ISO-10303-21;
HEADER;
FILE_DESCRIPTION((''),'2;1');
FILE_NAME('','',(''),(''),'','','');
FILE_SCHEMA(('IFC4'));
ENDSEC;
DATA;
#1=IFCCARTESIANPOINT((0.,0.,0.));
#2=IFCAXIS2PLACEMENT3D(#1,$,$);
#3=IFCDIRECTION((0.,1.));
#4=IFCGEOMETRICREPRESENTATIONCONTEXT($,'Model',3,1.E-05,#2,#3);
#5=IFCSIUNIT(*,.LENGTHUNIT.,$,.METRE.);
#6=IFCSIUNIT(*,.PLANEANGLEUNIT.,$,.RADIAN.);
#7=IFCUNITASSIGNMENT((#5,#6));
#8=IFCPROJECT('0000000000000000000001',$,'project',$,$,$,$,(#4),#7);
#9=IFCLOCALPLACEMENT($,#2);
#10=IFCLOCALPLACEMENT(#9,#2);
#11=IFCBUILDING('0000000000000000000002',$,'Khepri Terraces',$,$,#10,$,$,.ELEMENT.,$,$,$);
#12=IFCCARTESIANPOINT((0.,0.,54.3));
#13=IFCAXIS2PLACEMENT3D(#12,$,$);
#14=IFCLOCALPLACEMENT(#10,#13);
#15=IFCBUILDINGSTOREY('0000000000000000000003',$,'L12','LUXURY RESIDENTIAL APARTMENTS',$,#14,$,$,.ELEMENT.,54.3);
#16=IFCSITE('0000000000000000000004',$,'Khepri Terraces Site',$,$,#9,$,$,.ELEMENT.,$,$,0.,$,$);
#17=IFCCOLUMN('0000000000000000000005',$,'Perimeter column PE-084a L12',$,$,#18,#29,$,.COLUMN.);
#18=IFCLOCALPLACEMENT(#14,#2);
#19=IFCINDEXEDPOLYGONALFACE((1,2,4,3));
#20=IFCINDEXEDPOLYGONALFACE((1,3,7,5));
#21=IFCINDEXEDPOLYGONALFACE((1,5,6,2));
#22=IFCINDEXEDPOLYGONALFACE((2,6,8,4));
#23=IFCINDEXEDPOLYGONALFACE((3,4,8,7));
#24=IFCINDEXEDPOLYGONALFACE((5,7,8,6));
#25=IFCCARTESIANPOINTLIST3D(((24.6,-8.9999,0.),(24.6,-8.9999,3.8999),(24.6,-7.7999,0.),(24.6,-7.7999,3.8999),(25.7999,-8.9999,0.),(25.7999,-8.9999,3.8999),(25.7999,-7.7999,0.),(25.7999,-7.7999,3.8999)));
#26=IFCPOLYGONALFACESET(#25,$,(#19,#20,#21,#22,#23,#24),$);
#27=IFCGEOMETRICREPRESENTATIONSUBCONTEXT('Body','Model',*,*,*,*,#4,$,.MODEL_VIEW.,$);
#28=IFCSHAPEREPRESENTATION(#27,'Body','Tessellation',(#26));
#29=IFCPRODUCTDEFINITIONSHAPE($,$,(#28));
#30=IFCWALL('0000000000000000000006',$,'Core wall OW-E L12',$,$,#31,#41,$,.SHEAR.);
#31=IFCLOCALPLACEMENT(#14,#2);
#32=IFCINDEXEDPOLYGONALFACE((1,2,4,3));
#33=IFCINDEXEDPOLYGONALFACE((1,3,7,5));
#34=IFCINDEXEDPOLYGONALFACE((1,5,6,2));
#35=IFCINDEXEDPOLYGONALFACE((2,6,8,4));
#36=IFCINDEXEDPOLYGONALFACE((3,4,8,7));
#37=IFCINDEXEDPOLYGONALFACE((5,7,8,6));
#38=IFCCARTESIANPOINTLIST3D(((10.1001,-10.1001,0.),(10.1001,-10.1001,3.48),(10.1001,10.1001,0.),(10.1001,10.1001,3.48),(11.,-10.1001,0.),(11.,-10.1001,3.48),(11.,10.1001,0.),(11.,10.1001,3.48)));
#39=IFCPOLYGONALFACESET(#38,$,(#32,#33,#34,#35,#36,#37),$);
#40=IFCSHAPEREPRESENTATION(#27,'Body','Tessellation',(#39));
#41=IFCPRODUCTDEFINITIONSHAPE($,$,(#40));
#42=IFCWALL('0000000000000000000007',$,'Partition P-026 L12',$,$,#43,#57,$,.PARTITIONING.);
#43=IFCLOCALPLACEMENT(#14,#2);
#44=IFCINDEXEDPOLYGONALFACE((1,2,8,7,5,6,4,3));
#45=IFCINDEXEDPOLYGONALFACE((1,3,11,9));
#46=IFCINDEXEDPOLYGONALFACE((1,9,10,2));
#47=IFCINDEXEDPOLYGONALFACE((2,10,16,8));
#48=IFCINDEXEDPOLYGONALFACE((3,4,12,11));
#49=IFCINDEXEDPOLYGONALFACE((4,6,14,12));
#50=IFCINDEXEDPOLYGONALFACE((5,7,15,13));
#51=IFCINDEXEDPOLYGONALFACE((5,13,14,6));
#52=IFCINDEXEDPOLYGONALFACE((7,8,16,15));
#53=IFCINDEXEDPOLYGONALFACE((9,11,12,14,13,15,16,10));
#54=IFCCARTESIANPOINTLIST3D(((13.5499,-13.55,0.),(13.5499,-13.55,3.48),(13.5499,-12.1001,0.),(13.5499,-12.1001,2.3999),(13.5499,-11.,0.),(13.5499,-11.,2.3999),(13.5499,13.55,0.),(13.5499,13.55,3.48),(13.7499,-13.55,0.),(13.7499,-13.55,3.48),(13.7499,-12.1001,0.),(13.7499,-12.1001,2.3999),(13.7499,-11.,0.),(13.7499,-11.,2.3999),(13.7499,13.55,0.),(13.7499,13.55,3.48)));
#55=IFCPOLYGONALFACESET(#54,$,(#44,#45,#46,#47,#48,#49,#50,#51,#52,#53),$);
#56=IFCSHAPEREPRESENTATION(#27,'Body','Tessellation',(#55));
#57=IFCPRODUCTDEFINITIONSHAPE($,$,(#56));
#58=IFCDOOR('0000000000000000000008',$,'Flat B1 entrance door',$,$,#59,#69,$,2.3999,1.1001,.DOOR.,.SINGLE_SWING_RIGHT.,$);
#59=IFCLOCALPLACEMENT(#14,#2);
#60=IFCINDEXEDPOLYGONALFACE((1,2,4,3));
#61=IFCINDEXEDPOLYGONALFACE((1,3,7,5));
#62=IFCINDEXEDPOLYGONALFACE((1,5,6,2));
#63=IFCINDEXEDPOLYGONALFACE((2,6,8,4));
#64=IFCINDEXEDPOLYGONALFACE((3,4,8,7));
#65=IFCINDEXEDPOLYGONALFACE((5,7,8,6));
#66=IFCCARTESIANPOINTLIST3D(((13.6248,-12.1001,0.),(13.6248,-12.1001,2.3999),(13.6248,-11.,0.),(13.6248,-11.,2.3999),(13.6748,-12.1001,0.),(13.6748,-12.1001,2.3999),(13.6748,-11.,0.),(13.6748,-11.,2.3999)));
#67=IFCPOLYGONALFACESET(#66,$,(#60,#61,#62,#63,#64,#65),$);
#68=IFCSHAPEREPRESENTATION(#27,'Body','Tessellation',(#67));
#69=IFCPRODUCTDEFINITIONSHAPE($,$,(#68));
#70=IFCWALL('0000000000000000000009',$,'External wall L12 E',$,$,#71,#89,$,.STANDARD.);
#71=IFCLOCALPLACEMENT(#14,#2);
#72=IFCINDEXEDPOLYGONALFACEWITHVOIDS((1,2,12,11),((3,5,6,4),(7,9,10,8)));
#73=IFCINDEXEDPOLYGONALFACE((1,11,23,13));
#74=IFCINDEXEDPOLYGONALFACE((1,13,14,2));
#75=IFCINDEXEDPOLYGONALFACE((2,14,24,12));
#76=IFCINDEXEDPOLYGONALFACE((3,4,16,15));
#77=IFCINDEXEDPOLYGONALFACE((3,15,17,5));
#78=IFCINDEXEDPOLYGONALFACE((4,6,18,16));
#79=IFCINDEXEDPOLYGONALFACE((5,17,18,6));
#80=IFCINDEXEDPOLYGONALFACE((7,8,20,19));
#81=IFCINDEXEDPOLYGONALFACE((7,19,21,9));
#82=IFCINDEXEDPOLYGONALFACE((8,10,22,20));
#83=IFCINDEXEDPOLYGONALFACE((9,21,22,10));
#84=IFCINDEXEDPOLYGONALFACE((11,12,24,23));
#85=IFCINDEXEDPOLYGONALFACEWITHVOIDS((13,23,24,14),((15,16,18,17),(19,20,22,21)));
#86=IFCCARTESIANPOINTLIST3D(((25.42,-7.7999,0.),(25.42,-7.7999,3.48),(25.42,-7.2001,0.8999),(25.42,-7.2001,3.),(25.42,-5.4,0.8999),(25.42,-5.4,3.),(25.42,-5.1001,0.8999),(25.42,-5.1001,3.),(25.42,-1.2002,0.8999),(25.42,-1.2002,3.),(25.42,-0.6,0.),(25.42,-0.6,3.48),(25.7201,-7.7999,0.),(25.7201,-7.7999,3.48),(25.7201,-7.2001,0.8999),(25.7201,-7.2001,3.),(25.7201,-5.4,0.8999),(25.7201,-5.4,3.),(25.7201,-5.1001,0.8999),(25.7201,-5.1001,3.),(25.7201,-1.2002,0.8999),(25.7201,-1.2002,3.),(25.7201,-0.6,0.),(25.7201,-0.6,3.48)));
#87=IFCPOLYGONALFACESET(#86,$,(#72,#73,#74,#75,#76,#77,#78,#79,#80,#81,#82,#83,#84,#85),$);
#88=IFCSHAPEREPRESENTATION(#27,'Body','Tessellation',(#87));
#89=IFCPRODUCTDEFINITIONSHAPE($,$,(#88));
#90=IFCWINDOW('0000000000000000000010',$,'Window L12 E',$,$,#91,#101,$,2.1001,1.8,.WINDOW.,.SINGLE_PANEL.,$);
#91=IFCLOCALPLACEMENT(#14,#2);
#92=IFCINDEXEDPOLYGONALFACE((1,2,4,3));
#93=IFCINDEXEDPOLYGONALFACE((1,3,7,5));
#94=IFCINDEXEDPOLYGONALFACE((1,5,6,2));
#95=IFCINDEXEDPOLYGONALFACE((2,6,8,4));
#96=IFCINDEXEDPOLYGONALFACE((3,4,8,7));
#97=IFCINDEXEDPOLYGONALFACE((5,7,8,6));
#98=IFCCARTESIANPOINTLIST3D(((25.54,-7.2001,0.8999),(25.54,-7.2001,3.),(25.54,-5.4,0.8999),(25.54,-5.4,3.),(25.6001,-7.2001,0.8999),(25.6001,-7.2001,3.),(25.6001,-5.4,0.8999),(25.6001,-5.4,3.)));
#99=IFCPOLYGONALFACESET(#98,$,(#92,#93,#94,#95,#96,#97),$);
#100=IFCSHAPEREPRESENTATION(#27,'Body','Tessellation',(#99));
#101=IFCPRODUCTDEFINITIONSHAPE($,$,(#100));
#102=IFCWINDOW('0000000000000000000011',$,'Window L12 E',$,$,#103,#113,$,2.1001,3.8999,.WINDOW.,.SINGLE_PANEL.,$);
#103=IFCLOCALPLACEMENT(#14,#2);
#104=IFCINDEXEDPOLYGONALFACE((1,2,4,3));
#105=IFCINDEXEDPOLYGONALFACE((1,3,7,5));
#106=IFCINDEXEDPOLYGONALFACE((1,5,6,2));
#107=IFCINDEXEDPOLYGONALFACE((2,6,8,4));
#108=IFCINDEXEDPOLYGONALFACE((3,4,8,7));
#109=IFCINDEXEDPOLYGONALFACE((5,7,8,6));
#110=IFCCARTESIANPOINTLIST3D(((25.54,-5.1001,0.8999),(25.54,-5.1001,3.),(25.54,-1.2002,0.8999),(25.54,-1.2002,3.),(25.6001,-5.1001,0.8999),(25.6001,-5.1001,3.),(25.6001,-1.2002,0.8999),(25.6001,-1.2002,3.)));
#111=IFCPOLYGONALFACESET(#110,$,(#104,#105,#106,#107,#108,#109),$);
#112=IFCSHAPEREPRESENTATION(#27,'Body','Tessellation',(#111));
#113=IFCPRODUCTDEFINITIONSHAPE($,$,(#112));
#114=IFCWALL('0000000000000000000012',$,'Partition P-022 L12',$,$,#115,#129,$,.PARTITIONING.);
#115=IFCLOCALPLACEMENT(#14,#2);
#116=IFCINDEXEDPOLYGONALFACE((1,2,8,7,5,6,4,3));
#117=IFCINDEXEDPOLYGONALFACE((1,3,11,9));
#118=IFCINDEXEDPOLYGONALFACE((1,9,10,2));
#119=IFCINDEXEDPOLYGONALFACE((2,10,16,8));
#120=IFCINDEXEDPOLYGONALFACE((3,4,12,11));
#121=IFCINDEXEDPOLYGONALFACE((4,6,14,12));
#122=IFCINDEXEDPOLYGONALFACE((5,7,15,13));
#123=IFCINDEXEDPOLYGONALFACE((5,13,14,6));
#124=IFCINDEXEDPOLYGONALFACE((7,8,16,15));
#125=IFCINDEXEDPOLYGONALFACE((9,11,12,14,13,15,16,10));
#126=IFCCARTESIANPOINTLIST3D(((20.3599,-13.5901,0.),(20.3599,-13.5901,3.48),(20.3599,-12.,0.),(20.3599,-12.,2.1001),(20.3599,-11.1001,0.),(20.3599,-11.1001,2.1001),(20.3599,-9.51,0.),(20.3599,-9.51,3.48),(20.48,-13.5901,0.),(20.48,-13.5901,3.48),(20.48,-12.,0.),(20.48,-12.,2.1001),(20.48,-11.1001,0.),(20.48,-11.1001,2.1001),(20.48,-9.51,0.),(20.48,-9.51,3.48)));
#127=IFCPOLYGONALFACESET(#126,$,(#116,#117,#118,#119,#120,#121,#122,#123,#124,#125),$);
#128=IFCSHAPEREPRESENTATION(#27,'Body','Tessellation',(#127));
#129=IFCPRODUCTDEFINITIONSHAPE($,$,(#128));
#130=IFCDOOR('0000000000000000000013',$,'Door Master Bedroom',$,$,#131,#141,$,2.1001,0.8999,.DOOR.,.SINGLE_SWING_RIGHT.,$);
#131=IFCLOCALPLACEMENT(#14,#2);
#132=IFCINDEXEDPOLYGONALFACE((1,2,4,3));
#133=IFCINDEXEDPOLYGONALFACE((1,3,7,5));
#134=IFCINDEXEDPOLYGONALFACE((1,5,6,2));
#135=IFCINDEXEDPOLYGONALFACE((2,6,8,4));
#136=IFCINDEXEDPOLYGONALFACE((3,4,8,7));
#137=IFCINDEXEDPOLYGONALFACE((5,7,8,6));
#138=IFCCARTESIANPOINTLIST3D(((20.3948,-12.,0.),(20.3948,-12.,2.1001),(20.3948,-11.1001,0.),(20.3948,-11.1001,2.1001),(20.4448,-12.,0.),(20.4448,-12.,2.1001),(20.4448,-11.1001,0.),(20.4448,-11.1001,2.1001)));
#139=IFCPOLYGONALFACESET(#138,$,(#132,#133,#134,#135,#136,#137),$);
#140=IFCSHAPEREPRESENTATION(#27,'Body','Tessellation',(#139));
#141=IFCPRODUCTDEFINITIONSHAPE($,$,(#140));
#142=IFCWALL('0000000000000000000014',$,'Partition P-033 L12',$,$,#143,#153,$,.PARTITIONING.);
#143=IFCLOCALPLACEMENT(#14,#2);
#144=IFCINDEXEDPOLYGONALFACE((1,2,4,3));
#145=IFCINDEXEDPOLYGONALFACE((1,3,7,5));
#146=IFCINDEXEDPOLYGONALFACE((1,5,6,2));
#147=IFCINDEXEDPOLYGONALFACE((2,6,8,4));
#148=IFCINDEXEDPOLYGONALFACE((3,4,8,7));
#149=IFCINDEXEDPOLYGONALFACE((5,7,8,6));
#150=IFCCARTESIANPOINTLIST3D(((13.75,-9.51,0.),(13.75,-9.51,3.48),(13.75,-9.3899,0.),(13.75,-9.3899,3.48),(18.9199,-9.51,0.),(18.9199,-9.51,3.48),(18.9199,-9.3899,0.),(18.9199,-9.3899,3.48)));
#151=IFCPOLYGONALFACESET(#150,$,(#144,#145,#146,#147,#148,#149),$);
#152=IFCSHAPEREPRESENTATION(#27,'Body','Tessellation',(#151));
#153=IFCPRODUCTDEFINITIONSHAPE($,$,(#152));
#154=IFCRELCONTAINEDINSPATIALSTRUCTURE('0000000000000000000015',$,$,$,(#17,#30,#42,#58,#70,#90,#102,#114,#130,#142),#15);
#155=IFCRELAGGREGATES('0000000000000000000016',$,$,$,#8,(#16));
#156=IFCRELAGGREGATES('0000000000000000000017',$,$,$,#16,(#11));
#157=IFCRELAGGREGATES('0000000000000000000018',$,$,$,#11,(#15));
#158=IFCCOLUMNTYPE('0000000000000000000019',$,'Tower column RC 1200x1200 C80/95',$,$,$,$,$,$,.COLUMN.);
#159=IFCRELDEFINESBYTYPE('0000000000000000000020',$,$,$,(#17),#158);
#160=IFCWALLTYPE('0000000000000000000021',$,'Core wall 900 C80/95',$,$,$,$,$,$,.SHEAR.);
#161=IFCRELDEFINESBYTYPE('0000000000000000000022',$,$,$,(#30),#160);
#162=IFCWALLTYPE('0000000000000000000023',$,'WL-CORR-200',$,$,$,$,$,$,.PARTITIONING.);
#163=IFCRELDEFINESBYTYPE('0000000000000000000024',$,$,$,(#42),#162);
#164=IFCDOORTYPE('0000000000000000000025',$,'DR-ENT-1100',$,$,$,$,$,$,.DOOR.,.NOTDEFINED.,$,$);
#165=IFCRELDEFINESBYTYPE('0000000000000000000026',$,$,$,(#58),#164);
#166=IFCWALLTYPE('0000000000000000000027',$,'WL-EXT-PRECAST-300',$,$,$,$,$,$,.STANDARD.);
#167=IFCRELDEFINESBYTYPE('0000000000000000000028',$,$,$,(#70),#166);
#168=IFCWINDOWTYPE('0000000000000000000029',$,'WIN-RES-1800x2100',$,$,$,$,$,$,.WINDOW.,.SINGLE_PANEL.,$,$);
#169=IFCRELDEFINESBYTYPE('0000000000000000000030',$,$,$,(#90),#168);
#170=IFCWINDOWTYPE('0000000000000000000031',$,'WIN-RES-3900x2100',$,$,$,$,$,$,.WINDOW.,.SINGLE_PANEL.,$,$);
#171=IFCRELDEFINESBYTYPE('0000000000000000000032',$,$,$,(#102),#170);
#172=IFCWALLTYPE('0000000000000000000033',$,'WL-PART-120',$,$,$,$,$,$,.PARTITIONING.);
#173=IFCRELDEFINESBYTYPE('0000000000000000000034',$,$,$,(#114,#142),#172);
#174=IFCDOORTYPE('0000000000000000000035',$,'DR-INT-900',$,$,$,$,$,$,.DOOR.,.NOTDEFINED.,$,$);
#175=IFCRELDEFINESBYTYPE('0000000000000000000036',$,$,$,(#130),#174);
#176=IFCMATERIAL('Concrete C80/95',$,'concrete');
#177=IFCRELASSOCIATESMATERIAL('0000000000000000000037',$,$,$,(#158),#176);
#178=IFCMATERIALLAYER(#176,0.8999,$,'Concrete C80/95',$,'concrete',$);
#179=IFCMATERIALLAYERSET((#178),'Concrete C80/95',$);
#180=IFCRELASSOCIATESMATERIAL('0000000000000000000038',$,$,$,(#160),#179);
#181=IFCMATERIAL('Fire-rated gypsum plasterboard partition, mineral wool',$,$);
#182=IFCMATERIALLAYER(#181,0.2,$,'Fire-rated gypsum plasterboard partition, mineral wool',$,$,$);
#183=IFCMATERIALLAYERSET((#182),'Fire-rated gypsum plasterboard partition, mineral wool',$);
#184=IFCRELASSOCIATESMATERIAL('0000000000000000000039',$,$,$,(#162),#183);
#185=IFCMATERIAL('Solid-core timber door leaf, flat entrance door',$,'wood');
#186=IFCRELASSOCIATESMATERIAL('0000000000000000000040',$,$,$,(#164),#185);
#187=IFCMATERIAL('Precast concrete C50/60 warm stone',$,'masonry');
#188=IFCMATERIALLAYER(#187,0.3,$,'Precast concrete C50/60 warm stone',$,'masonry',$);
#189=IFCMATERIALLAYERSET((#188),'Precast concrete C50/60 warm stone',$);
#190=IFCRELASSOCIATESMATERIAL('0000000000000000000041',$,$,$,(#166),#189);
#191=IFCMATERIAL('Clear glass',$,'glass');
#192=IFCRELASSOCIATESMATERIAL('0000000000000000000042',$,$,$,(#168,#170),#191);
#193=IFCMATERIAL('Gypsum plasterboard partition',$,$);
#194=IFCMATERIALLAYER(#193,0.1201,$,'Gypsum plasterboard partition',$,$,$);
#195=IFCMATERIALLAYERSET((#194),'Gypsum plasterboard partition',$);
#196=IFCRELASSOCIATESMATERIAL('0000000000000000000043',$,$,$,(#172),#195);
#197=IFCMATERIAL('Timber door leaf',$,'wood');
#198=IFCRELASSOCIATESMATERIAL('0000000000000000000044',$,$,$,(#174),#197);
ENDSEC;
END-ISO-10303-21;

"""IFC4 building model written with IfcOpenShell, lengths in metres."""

from ifc_helpers import new_model, si_unit, direction, frame, frame_2d, origin, origin_2d, place, context, subcontext, project, spatial, rectangle, extrude, material, layer, layer_set, material_profile, profile_set, type_object, element, fill, save


model = new_model("IFC4")

# Units and contexts
model_context = context("Model", 3, precision=1e-05, world=origin(), true_north=direction((0.0, 1.0)))
body_context = subcontext(model_context, "Body", "Model", "MODEL_VIEW")
ifc_project = project(units=[si_unit("LENGTHUNIT", "METRE"), si_unit("PLANEANGLEUNIT", "RADIAN")], contexts=[model_context])

# Site, building, storey
site_placement = place(None, origin())
site = spatial("IfcSite", under=ifc_project, at=site_placement, Name="Khepri Terraces Site", CompositionType="ELEMENT", RefElevation=0.0)
building_placement = place(site_placement, origin())
building = spatial("IfcBuilding", under=site, at=building_placement, Name="Khepri Terraces", CompositionType="ELEMENT")
storey_placement = place(building_placement, frame((0.0, 0.0, 54.3)))
storey = spatial("IfcBuildingStorey", under=building, at=storey_placement, Name="L12", Description="LUXURY RESIDENTIAL APARTMENTS", CompositionType="ELEMENT", Elevation=54.3)

# Column
ifc_material_1 = material(Name="Concrete C80/95", Category="concrete")
ifc_material_profile = material_profile(ifc_material_1, rectangle(XDim=1.2, YDim=1.2, at=origin_2d()), Name="Concrete C80/95", Category="concrete")
ifc_profile_set = profile_set([ifc_material_profile], Name="Concrete C80/95")
column_type = type_object("IfcColumnType", Name="Tower column RC 1200x1200 C80/95", PredefinedType="COLUMN", material=ifc_profile_set)
column_placement = place(storey_placement, frame((25.2, -8.3999, 0.0), z_axis=(0.0, 0.0, 1.0), x_axis=(1.0, 0.0, 0.0)))
element("IfcColumn", 1, at=column_placement, inside=storey, type_object=column_type, Name="Perimeter column PE-084a L12", PredefinedType="COLUMN", context=body_context, shape_type="SweptSolid", body=[
    extrude(rectangle(XDim=1.2, YDim=1.2, at=origin_2d()), origin(), (0.0, 0.0, 1.0), 3.8999),
])

# Wall
ifc_layer_1 = layer(ifc_material_1, 0.8999, Name="Concrete C80/95", Category="concrete")
ifc_layer_set_1 = layer_set([ifc_layer_1], Name="Concrete C80/95")
wall_type_1 = type_object("IfcWallType", Name="Core wall 900 C80/95", PredefinedType="SHEAR", material=ifc_layer_set_1)
wall_1_placement = place(storey_placement, frame((10.55, -10.1001, 0.0), z_axis=(0.0, 0.0, 1.0), x_axis=(0.0, 1.0, 0.0)))
element("IfcWall", 2, at=wall_1_placement, inside=storey, type_object=wall_type_1, Name="Core wall OW-E L12", PredefinedType="SHEAR", context=body_context, shape_type="SweptSolid", body=[
    extrude(rectangle(XDim=20.2002, YDim=0.8999, at=frame_2d((10.1001, 0.0))), origin(), (0.0, 0.0, 1.0), 3.48),
])

# Wall, opening, door
ifc_material_2 = material(Name="Fire-rated gypsum plasterboard partition, mineral wool")
ifc_layer_2 = layer(ifc_material_2, 0.2, Name="Fire-rated gypsum plasterboard partition, mineral wool")
ifc_layer_set_2 = layer_set([ifc_layer_2], Name="Fire-rated gypsum plasterboard partition, mineral wool")
wall_type_2 = type_object("IfcWallType", Name="WL-CORR-200", PredefinedType="PARTITIONING", material=ifc_layer_set_2)
wall_2_placement = place(storey_placement, frame((13.6499, -13.55, 0.0), z_axis=(0.0, 0.0, 1.0), x_axis=(0.0, 1.0, 0.0)))
wall_2 = element("IfcWall", 3, at=wall_2_placement, inside=storey, type_object=wall_type_2, Name="Partition P-026 L12", PredefinedType="PARTITIONING", context=body_context, shape_type="SweptSolid", body=[
    extrude(rectangle(XDim=27.1001, YDim=0.2, at=frame_2d((13.55, 0.0))), origin(), (0.0, 0.0, 1.0), 3.48),
])
opening_1_placement = place(wall_2_placement, frame((1.45, 0.0, 0.0)))
opening_1 = element("IfcOpeningElement", 4, at=opening_1_placement, cuts=wall_2, PredefinedType="OPENING", context=body_context, shape_type="SweptSolid", body=[
    extrude(rectangle(XDim=1.1001, YDim=2.3999, at=frame_2d((0.55, 1.2))), frame((0.0, 0.1099, 0.0), z_axis=(0.0, -1.0, 0.0), x_axis=(1.0, 0.0, 0.0)), (0.0, 0.0, 1.0), 0.22),
])
ifc_material_3 = material(Name="Solid-core timber door leaf, flat entrance door", Category="wood")
door_type_1 = type_object("IfcDoorType", Name="DR-ENT-1100", OperationType="NOTDEFINED", PredefinedType="DOOR", material=ifc_material_3)
door_1_placement = place(opening_1_placement, frame((1.1001, 0.0, 0.0), z_axis=(0.0, 0.0, 1.0), x_axis=(-1.0, 0.0, 0.0)))
door_1 = element("IfcDoor", 5, at=door_1_placement, inside=storey, type_object=door_type_1, Name="Flat B1 entrance door", OperationType="SINGLE_SWING_RIGHT", OverallHeight=2.3999, OverallWidth=1.1001, PredefinedType="DOOR", context=body_context, shape_type="SweptSolid", body=[
    extrude(rectangle(XDim=1.1001, YDim=2.3999, at=frame_2d((0.55, 1.2))), frame((0.0, 0.0249, 0.0), z_axis=(0.0, -1.0, 0.0), x_axis=(1.0, 0.0, 0.0)), (0.0, 0.0, 1.0), 0.05),
])
fill(opening_1, door_1)

# Wall, openings, windows
ifc_material_4 = material(Name="Precast concrete C50/60 warm stone", Category="masonry")
ifc_layer_3 = layer(ifc_material_4, 0.3, Name="Precast concrete C50/60 warm stone", Category="masonry")
ifc_layer_set_3 = layer_set([ifc_layer_3], Name="Precast concrete C50/60 warm stone")
wall_type_3 = type_object("IfcWallType", Name="WL-EXT-PRECAST-300", PredefinedType="STANDARD", material=ifc_layer_set_3)
wall_3_placement = place(storey_placement, frame((25.5701, -7.8, 0.0), z_axis=(0.0, 0.0, 1.0), x_axis=(0.0, 1.0, 0.0)))
wall_3 = element("IfcWall", 6, at=wall_3_placement, inside=storey, type_object=wall_type_3, Name="External wall L12 E", PredefinedType="STANDARD", context=body_context, shape_type="SweptSolid", body=[
    extrude(rectangle(XDim=7.2, YDim=0.3, at=frame_2d((3.6001, 0.0))), origin(), (0.0, 0.0, 1.0), 3.48),
])
opening_2_placement = place(wall_3_placement, frame((0.6001, 0.0, 0.8999)))
opening_2 = element("IfcOpeningElement", 7, at=opening_2_placement, cuts=wall_3, PredefinedType="OPENING", context=body_context, shape_type="SweptSolid", body=[
    extrude(rectangle(XDim=1.8, YDim=2.1001, at=frame_2d((0.8999, 1.05))), frame((0.0, 0.1602, 0.0), z_axis=(0.0, -1.0, 0.0), x_axis=(1.0, 0.0, 0.0)), (0.0, 0.0, 1.0), 0.3201),
])
opening_3_placement = place(wall_3_placement, frame((2.7, 0.0, 0.8999)))
opening_3 = element("IfcOpeningElement", 8, at=opening_3_placement, cuts=wall_3, PredefinedType="OPENING", context=body_context, shape_type="SweptSolid", body=[
    extrude(rectangle(XDim=3.8999, YDim=2.1001, at=frame_2d((1.95, 1.05))), frame((0.0, 0.1602, 0.0), z_axis=(0.0, -1.0, 0.0), x_axis=(1.0, 0.0, 0.0)), (0.0, 0.0, 1.0), 0.3201),
])
ifc_material_5 = material(Name="Clear glass", Category="glass")
window_type_1 = type_object("IfcWindowType", Name="WIN-RES-1800x2100", PartitioningType="SINGLE_PANEL", PredefinedType="WINDOW", material=ifc_material_5)
window_1_placement = place(opening_2_placement, origin())
window_1 = element("IfcWindow", 9, at=window_1_placement, inside=storey, type_object=window_type_1, Name="Window L12 E", OverallHeight=2.1001, OverallWidth=1.8, PartitioningType="SINGLE_PANEL", PredefinedType="WINDOW", context=body_context, shape_type="SweptSolid", body=[
    extrude(rectangle(XDim=1.8, YDim=2.1001, at=frame_2d((0.8999, 1.05))), frame((0.0, 0.03, 0.0), z_axis=(0.0, -1.0, 0.0), x_axis=(1.0, 0.0, 0.0)), (0.0, 0.0, 1.0), 0.0601),
])
fill(opening_2, window_1)
window_type_2 = type_object("IfcWindowType", Name="WIN-RES-3900x2100", PartitioningType="SINGLE_PANEL", PredefinedType="WINDOW", material=ifc_material_5)
window_2_placement = place(opening_3_placement, origin())
window_2 = element("IfcWindow", 10, at=window_2_placement, inside=storey, type_object=window_type_2, Name="Window L12 E", OverallHeight=2.1001, OverallWidth=3.8999, PartitioningType="SINGLE_PANEL", PredefinedType="WINDOW", context=body_context, shape_type="SweptSolid", body=[
    extrude(rectangle(XDim=3.8999, YDim=2.1001, at=frame_2d((1.95, 1.05))), frame((0.0, 0.03, 0.0), z_axis=(0.0, -1.0, 0.0), x_axis=(1.0, 0.0, 0.0)), (0.0, 0.0, 1.0), 0.0601),
])
fill(opening_3, window_2)

# Wall, opening, door
ifc_material_6 = material(Name="Gypsum plasterboard partition")
ifc_layer_4 = layer(ifc_material_6, 0.1201, Name="Gypsum plasterboard partition")
ifc_layer_set_4 = layer_set([ifc_layer_4], Name="Gypsum plasterboard partition")
wall_type_4 = type_object("IfcWallType", Name="WL-PART-120", PredefinedType="PARTITIONING", material=ifc_layer_set_4)
wall_4_placement = place(storey_placement, frame((20.4199, -13.5901, 0.0), z_axis=(0.0, 0.0, 1.0), x_axis=(0.0, 1.0, 0.0)))
wall_4 = element("IfcWall", 11, at=wall_4_placement, inside=storey, type_object=wall_type_4, Name="Partition P-022 L12", PredefinedType="PARTITIONING", context=body_context, shape_type="SweptSolid", body=[
    extrude(rectangle(XDim=4.0801, YDim=0.1201, at=frame_2d((2.04, 0.0))), origin(), (0.0, 0.0, 1.0), 3.48),
])
opening_4_placement = place(wall_4_placement, frame((1.5901, 0.0, 0.0)))
opening_4 = element("IfcOpeningElement", 12, at=opening_4_placement, cuts=wall_4, PredefinedType="OPENING", context=body_context, shape_type="SweptSolid", body=[
    extrude(rectangle(XDim=0.8999, YDim=2.1001, at=frame_2d((0.45, 1.05))), frame((0.0, 0.0701, 0.0), z_axis=(0.0, -1.0, 0.0), x_axis=(1.0, 0.0, 0.0)), (0.0, 0.0, 1.0), 0.1401),
])
ifc_material_7 = material(Name="Timber door leaf", Category="wood")
door_type_2 = type_object("IfcDoorType", Name="DR-INT-900", OperationType="NOTDEFINED", PredefinedType="DOOR", material=ifc_material_7)
door_2_placement = place(opening_4_placement, frame((0.8999, 0.0, 0.0), z_axis=(0.0, 0.0, 1.0), x_axis=(-1.0, 0.0, 0.0)))
door_2 = element("IfcDoor", 13, at=door_2_placement, inside=storey, type_object=door_type_2, Name="Door Master Bedroom", OperationType="SINGLE_SWING_RIGHT", OverallHeight=2.1001, OverallWidth=0.8999, PredefinedType="DOOR", context=body_context, shape_type="SweptSolid", body=[
    extrude(rectangle(XDim=0.8999, YDim=2.1001, at=frame_2d((0.45, 1.05))), frame((0.0, 0.0249, 0.0), z_axis=(0.0, -1.0, 0.0), x_axis=(1.0, 0.0, 0.0)), (0.0, 0.0, 1.0), 0.05),
])
fill(opening_4, door_2)

# Wall
wall_5_placement = place(storey_placement, frame((13.75, -9.45, 0.0), z_axis=(0.0, 0.0, 1.0), x_axis=(1.0, 0.0, 0.0)))
element("IfcWall", 14, at=wall_5_placement, inside=storey, type_object=wall_type_4, Name="Partition P-033 L12", PredefinedType="PARTITIONING", context=body_context, shape_type="SweptSolid", body=[
    extrude(rectangle(XDim=5.1699, YDim=0.1201, at=frame_2d((2.585, 0.0))), origin(), (0.0, 0.0, 1.0), 3.48),
])

save(model, "model.ifc")
